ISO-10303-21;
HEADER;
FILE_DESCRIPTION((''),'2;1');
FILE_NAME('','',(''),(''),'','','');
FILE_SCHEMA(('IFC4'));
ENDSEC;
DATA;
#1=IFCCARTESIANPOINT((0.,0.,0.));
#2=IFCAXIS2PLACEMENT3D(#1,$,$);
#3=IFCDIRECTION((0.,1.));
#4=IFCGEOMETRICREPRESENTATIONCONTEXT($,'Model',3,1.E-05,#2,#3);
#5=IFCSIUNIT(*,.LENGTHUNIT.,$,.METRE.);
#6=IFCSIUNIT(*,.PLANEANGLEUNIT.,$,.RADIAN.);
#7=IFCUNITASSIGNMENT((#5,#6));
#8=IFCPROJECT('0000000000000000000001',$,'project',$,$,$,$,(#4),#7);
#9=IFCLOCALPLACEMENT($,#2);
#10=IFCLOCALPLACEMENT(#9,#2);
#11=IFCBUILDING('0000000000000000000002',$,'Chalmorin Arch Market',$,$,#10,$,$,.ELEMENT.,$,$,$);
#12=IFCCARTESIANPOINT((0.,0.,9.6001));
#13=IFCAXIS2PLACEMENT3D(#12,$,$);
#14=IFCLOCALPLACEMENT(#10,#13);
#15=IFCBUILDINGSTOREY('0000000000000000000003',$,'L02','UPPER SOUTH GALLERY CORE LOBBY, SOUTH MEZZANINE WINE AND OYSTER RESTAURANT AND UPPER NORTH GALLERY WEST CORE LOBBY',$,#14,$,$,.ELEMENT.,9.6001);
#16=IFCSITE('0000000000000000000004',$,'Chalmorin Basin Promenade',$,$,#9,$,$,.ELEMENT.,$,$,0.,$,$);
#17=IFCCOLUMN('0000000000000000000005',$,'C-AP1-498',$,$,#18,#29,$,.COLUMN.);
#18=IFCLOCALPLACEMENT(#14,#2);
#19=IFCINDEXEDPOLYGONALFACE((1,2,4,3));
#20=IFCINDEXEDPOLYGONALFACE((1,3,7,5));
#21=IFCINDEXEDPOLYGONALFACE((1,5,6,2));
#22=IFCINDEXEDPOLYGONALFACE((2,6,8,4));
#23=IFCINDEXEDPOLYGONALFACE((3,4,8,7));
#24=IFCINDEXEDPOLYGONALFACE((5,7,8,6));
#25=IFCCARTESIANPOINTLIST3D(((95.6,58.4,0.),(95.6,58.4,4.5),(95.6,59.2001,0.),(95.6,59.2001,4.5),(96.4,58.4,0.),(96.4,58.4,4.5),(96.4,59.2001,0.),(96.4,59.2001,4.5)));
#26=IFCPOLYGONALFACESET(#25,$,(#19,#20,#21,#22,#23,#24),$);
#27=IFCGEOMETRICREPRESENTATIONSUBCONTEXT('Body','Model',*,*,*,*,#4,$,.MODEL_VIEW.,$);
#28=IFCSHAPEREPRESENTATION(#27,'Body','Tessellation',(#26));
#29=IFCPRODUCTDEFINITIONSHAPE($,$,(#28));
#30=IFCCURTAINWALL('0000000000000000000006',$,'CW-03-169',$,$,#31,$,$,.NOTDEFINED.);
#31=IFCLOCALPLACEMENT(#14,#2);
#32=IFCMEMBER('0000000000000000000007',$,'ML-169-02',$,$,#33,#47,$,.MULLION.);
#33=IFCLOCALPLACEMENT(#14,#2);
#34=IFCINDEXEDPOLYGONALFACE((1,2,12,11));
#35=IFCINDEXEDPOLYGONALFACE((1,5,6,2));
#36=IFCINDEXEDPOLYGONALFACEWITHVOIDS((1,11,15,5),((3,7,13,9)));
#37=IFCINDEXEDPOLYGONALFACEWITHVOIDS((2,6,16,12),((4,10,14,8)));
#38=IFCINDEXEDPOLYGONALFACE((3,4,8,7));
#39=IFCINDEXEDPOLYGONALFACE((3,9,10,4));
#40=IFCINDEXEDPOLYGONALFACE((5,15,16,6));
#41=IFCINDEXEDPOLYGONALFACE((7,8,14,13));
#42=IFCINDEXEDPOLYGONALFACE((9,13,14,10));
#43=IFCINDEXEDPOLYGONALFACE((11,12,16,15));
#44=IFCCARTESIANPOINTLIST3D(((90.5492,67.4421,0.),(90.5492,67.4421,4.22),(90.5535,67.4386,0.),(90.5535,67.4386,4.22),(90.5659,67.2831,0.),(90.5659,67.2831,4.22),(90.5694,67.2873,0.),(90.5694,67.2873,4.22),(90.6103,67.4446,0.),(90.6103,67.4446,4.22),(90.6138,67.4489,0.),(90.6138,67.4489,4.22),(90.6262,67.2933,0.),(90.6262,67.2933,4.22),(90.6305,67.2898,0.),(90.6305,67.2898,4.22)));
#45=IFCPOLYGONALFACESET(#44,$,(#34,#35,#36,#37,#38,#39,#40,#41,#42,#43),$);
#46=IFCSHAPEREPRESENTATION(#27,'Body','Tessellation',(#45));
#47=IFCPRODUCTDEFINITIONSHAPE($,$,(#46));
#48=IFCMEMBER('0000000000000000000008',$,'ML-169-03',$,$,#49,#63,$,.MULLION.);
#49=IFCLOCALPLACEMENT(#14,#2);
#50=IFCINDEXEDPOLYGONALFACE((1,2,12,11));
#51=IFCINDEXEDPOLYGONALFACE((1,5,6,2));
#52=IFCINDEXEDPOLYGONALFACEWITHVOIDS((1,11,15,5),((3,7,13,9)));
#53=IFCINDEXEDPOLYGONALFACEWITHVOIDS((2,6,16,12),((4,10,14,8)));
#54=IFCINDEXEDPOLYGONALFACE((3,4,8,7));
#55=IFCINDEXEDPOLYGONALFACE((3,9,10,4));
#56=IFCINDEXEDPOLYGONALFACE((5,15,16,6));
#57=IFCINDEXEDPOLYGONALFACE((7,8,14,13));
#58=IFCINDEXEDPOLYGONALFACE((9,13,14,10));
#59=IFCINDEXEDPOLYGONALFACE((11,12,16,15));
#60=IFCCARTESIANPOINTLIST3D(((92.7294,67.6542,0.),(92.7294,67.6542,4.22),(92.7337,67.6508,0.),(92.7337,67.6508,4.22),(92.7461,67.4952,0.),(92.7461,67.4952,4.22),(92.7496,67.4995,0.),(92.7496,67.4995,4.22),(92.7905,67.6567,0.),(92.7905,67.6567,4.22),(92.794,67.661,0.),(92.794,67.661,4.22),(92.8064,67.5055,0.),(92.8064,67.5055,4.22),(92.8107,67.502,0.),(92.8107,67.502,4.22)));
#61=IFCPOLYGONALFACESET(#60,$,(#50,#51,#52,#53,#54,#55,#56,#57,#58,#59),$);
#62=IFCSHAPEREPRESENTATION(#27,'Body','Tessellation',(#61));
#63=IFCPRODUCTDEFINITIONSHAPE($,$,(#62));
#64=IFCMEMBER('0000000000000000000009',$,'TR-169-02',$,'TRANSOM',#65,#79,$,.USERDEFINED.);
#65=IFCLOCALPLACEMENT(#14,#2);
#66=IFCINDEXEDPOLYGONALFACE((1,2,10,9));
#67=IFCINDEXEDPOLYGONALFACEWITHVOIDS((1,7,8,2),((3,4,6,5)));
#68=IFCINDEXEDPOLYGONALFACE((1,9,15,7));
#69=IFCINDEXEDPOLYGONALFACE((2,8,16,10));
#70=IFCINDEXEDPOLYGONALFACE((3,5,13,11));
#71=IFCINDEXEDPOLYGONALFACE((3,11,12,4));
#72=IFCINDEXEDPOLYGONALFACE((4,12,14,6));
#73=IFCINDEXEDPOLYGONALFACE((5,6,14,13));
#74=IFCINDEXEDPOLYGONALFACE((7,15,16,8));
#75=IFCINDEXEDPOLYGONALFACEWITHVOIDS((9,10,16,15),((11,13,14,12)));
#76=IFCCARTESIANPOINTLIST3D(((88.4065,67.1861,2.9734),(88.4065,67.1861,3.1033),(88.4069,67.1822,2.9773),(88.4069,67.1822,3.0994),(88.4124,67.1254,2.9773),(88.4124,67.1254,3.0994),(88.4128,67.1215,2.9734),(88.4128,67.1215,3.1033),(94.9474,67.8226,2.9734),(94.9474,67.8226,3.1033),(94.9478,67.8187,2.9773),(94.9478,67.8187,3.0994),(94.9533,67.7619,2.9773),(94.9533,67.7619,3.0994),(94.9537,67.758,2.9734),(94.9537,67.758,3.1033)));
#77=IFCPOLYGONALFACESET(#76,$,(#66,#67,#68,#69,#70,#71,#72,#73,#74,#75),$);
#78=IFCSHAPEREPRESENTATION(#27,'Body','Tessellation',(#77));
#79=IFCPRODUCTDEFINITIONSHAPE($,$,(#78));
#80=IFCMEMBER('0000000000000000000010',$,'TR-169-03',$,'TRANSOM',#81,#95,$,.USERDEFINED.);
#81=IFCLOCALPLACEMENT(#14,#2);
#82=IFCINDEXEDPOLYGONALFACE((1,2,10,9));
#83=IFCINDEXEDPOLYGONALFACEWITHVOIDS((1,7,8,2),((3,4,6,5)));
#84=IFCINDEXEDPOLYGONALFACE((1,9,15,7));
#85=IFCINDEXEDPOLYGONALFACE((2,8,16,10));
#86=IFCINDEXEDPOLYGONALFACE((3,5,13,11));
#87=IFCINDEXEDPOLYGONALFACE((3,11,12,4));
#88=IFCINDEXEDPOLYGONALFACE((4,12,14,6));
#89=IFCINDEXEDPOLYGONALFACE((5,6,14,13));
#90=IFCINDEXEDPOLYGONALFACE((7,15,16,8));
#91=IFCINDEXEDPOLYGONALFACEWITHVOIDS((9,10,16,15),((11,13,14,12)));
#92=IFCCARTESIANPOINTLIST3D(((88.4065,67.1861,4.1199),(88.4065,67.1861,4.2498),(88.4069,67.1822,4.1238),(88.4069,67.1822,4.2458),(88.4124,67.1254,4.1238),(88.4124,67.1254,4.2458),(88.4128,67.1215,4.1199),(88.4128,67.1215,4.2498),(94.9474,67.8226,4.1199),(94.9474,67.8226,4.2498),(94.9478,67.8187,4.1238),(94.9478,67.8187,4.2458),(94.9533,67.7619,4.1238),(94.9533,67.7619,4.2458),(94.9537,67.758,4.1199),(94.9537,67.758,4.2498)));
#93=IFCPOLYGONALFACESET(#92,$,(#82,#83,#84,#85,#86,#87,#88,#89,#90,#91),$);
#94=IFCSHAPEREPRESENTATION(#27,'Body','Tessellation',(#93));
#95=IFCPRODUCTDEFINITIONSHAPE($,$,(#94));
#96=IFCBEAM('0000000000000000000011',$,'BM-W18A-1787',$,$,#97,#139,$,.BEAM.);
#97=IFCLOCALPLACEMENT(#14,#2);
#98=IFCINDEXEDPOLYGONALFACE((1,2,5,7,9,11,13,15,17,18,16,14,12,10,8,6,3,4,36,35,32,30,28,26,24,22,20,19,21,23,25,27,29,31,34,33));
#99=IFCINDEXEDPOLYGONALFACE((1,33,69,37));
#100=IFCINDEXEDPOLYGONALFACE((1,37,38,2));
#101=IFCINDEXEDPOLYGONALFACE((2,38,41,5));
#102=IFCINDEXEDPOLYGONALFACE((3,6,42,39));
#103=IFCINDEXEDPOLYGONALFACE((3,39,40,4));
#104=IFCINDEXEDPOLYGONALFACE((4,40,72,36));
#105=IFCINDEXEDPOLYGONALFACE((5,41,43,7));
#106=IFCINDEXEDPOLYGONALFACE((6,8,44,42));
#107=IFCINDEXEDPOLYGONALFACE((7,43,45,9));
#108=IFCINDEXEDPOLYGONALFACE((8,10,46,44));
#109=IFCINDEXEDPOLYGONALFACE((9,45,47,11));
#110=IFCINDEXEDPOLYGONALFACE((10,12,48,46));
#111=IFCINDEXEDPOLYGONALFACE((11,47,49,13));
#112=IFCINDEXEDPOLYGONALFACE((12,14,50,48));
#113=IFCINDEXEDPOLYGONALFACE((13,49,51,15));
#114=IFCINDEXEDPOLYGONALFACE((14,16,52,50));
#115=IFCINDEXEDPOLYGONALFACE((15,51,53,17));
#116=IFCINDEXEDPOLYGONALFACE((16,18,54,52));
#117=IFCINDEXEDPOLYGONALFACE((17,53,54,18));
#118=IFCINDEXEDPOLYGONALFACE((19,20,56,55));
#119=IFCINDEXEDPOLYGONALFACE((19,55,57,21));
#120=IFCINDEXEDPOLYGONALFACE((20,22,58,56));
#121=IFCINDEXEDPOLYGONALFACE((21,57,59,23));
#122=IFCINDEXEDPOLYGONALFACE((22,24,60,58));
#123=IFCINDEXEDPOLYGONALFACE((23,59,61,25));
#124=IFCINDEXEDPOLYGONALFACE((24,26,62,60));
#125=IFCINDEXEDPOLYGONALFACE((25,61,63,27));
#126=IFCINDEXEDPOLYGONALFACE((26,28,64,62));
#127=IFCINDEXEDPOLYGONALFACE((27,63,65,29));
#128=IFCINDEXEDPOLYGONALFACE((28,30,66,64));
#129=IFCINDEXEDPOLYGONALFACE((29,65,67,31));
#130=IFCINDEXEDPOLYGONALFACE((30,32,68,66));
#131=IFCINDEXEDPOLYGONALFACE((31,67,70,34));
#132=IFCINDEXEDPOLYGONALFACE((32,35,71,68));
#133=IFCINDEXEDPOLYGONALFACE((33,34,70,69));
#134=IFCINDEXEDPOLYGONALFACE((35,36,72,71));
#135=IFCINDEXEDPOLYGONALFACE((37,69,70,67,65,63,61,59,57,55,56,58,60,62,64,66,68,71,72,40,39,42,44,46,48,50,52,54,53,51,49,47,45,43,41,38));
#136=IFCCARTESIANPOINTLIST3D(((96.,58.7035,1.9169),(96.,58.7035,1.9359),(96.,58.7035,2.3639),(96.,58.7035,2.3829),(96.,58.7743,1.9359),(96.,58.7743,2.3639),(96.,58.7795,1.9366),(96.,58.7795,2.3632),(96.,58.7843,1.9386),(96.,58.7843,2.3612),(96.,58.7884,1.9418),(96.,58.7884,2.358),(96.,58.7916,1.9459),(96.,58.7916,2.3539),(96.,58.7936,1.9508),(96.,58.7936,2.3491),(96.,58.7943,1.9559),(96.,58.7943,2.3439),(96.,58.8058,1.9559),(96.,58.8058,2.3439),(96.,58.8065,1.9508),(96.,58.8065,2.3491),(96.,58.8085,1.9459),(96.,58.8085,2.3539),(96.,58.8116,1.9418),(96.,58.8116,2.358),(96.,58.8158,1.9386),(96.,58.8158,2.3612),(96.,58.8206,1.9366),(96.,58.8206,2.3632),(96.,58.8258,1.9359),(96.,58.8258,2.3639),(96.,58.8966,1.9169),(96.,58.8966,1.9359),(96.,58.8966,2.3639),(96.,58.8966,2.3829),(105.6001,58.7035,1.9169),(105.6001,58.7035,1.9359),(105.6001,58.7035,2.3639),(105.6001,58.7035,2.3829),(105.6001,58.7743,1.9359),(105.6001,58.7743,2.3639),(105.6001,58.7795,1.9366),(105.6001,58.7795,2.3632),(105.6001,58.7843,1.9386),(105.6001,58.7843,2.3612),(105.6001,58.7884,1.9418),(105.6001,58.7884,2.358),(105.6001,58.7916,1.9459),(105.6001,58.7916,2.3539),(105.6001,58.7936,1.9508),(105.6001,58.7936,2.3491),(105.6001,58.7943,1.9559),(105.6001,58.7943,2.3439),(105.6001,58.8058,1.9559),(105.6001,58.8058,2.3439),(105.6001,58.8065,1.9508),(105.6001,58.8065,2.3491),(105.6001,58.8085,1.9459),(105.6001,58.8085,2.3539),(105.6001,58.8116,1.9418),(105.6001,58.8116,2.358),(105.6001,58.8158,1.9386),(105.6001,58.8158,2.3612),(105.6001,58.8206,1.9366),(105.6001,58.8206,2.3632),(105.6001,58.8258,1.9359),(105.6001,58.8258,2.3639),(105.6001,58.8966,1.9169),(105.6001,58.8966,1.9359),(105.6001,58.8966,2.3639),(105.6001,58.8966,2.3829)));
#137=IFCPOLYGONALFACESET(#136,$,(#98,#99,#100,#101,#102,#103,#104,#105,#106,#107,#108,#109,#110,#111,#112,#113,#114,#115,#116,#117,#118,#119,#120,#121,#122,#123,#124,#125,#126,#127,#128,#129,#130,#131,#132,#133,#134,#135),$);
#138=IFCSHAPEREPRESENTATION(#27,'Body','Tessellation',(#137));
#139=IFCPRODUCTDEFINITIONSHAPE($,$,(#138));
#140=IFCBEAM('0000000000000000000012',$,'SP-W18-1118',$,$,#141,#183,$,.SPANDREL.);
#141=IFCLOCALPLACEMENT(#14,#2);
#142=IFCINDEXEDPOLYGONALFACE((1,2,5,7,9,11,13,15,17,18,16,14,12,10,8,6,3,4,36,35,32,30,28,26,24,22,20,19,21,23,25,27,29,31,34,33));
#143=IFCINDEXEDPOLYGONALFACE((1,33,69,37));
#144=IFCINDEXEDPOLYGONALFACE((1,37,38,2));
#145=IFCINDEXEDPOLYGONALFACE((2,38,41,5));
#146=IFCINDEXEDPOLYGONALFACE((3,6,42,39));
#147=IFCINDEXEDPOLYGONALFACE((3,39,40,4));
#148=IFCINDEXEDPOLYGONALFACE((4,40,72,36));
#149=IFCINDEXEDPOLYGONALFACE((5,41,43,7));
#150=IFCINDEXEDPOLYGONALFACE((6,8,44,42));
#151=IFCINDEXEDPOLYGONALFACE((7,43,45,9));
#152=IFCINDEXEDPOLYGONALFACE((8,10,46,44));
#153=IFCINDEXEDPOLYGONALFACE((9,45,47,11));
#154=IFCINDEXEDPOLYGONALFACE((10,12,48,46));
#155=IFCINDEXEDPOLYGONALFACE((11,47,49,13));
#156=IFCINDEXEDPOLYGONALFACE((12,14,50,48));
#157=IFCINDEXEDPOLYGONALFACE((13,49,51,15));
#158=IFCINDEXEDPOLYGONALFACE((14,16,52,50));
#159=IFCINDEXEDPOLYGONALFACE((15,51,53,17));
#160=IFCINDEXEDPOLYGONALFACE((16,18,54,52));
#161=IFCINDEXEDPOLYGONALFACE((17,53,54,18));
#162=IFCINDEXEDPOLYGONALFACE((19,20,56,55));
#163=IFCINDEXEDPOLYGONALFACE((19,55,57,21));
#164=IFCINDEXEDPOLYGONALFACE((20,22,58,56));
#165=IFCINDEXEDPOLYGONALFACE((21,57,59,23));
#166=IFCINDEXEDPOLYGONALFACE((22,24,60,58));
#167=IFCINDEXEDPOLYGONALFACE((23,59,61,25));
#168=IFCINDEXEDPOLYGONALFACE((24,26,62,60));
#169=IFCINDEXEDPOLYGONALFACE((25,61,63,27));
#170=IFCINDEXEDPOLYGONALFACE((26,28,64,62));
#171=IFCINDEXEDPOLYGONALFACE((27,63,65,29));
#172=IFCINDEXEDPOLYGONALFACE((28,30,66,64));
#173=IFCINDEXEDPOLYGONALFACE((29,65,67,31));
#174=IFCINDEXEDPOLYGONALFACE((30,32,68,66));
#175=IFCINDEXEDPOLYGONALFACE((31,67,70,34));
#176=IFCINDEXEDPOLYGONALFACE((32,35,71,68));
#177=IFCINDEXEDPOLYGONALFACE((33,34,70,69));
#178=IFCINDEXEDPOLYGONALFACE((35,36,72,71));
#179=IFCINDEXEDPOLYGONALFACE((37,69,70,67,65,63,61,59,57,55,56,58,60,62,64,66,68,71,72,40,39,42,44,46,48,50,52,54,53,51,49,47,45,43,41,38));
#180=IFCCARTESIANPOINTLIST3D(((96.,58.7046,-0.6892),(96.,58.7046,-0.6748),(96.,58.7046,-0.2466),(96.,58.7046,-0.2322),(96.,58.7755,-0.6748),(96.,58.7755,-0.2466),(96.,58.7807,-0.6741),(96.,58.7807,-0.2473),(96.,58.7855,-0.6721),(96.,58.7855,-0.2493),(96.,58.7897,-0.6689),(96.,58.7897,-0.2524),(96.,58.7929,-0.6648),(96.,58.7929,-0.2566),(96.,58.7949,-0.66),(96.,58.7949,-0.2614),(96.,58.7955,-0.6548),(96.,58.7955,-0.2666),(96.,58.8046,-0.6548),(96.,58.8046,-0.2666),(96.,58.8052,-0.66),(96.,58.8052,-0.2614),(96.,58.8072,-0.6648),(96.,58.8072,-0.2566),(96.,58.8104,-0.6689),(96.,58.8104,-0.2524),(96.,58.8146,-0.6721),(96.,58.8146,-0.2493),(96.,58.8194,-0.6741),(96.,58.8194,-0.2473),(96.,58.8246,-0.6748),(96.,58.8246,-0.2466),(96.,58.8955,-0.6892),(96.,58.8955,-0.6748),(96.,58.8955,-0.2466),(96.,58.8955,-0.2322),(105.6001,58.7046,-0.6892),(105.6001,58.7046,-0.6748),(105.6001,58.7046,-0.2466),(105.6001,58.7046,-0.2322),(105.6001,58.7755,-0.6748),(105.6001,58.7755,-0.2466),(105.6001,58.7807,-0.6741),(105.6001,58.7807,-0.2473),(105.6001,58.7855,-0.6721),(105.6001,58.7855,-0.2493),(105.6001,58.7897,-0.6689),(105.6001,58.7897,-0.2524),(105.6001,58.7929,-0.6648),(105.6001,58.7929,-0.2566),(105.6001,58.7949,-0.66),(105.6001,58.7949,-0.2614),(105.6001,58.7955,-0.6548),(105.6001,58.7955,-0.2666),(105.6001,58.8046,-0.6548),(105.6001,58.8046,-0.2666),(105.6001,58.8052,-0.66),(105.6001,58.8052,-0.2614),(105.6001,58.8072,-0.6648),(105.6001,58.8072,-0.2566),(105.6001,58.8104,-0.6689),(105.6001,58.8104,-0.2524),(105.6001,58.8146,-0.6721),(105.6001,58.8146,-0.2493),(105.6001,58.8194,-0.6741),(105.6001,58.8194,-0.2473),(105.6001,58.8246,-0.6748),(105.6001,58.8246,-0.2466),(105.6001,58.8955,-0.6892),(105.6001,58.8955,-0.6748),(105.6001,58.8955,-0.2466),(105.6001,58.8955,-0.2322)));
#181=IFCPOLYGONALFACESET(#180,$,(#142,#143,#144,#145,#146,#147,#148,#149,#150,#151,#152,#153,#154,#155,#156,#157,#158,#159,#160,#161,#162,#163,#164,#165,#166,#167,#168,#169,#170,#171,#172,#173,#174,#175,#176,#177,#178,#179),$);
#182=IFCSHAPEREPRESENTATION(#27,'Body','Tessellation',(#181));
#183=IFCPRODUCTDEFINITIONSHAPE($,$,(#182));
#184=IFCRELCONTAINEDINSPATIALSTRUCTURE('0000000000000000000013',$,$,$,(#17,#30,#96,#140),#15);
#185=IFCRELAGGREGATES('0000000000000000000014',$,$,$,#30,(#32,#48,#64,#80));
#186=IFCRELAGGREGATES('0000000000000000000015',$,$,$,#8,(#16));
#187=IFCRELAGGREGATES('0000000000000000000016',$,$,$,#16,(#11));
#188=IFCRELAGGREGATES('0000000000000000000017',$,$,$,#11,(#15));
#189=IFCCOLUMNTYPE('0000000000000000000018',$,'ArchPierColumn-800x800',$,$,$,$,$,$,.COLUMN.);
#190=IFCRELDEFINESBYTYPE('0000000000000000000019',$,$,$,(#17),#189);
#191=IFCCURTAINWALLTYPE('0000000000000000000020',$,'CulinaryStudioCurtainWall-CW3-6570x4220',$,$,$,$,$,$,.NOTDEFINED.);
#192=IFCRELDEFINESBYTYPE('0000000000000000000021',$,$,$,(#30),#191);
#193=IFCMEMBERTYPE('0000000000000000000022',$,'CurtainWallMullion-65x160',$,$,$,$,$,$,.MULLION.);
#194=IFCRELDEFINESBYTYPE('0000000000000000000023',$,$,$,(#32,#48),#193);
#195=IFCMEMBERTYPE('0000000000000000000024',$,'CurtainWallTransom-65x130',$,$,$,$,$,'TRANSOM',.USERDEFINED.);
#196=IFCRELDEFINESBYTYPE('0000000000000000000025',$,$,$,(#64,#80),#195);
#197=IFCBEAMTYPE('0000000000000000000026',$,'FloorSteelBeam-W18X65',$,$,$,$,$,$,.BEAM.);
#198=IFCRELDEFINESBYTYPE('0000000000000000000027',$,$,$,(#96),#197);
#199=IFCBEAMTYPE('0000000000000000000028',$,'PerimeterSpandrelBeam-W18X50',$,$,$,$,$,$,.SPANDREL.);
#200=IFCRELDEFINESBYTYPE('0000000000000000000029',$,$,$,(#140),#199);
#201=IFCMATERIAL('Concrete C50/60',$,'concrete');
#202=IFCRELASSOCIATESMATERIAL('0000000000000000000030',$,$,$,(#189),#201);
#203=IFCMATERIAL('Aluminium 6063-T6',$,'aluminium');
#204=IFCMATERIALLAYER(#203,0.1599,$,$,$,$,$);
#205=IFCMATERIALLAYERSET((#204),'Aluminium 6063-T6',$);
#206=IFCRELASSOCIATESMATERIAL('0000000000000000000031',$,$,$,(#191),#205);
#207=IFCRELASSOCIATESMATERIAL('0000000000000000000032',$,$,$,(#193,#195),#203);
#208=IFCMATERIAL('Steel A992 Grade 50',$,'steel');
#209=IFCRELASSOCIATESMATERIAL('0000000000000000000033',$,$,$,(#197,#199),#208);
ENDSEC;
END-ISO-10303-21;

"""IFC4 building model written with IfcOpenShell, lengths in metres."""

from ifc_helpers import new_model, si_unit, direction, frame, origin, origin_2d, place, context, subcontext, project, spatial, rectangle, hollow_rectangle, i_section, extrude, material, layer, layer_set, material_profile, profile_set, type_object, element, aggregate, save


model = new_model("IFC4")

# Units and contexts
model_context = context("Model", 3, precision=1e-05, world=origin(), true_north=direction((0.0, 1.0)))
body_context = subcontext(model_context, "Body", "Model", "MODEL_VIEW")
ifc_project = project(units=[si_unit("LENGTHUNIT", "METRE"), si_unit("PLANEANGLEUNIT", "RADIAN")], contexts=[model_context])

# Site, building, storey
site_placement = place(None, origin())
site = spatial("IfcSite", under=ifc_project, at=site_placement, Name="Chalmorin Basin Promenade", CompositionType="ELEMENT", RefElevation=0.0)
building_placement = place(site_placement, origin())
building = spatial("IfcBuilding", under=site, at=building_placement, Name="Chalmorin Arch Market", CompositionType="ELEMENT")
storey_placement = place(building_placement, frame((0.0, 0.0, 9.6001)))
storey = spatial("IfcBuildingStorey", under=building, at=storey_placement, Name="L02", Description="UPPER SOUTH GALLERY CORE LOBBY, SOUTH MEZZANINE WINE AND OYSTER RESTAURANT AND UPPER NORTH GALLERY WEST CORE LOBBY", CompositionType="ELEMENT", Elevation=9.6001)

# Column
ifc_material_1 = material(Name="Concrete C50/60", Category="concrete")
ifc_material_profile_1 = material_profile(ifc_material_1, rectangle(XDim=0.8, YDim=0.8, at=origin_2d()), Name="RC800X800")
ifc_profile_set_1 = profile_set([ifc_material_profile_1], Name="Concrete C50/60")
column_type = type_object("IfcColumnType", Name="ArchPierColumn-800x800", PredefinedType="COLUMN", material=ifc_profile_set_1)
column_placement = place(storey_placement, frame((96.0, 58.8, 0.0), z_axis=(0.0, 0.0, 1.0), x_axis=(1.0, 0.0, 0.0)))
element("IfcColumn", 1, at=column_placement, inside=storey, type_object=column_type, Name="C-AP1-498", PredefinedType="COLUMN", context=body_context, shape_type="SweptSolid", body=[
    extrude(rectangle(XDim=0.8, YDim=0.8, at=origin_2d()), origin(), (0.0, 0.0, 1.0), 4.5),
])

# Curtain wall, members
ifc_material_2 = material(Name="Aluminium 6063-T6", Category="aluminium")
ifc_layer_1 = layer(ifc_material_2, 0.1599)
ifc_layer_set_1 = layer_set([ifc_layer_1], Name="Aluminium 6063-T6")
curtain_wall_type = type_object("IfcCurtainWallType", Name="CulinaryStudioCurtainWall-CW3-6570x4220", PredefinedType="NOTDEFINED", material=ifc_layer_set_1)
curtain_wall_placement = place(storey_placement, origin())
curtain_wall = element("IfcCurtainWall", 2, at=curtain_wall_placement, inside=storey, type_object=curtain_wall_type, Name="CW-03-169", PredefinedType="NOTDEFINED")
ifc_material_profile_2 = material_profile(ifc_material_2, hollow_rectangle(XDim=0.0649, YDim=0.1599, WallThickness=0.0039, at=origin_2d()), Name="ALU65X160X4")
ifc_profile_set_2 = profile_set([ifc_material_profile_2], Name="Aluminium 6063-T6")
member_type_1 = type_object("IfcMemberType", Name="CurtainWallMullion-65x160", PredefinedType="MULLION", material=ifc_profile_set_2)
member_1_placement = place(storey_placement, frame((90.5898, 67.366, 0.0), z_axis=(0.0, 0.0, 1.0), x_axis=(0.994522, 0.104528, 0.0)))
member_1 = element("IfcMember", 3, at=member_1_placement, type_object=member_type_1, Name="ML-169-02", PredefinedType="MULLION", context=body_context, shape_type="SweptSolid", body=[
    extrude(hollow_rectangle(XDim=0.0649, YDim=0.1599, WallThickness=0.0039, at=origin_2d()), origin(), (0.0, 0.0, 1.0), 4.22),
])
member_2_placement = place(storey_placement, frame((92.77, 67.5781, 0.0), z_axis=(0.0, 0.0, 1.0), x_axis=(0.994522, 0.104528, 0.0)))
member_2 = element("IfcMember", 4, at=member_2_placement, type_object=member_type_1, Name="ML-169-03", PredefinedType="MULLION", context=body_context, shape_type="SweptSolid", body=[
    extrude(hollow_rectangle(XDim=0.0649, YDim=0.1599, WallThickness=0.0039, at=origin_2d()), origin(), (0.0, 0.0, 1.0), 4.22),
])
ifc_material_profile_3 = material_profile(ifc_material_2, hollow_rectangle(XDim=0.0649, YDim=0.1299, WallThickness=0.0039, at=origin_2d()), Name="ALU65X130X4")
ifc_profile_set_3 = profile_set([ifc_material_profile_3], Name="Aluminium 6063-T6")
member_type_2 = type_object("IfcMemberType", Name="CurtainWallTransom-65x130", ElementType="TRANSOM", PredefinedType="USERDEFINED", material=ifc_profile_set_3)
member_3_placement = place(storey_placement, frame((88.4097, 67.1538, 3.0383), z_axis=(0.995299, 0.096851, 0.0), x_axis=(-0.096851, 0.995299, 0.0)))
member_3 = element("IfcMember", 5, at=member_3_placement, type_object=member_type_2, Name="TR-169-02", ObjectType="TRANSOM", PredefinedType="USERDEFINED", context=body_context, shape_type="SweptSolid", body=[
    extrude(hollow_rectangle(XDim=0.0649, YDim=0.1299, WallThickness=0.0039, at=origin_2d()), origin(), (0.0, 0.0, 1.0), 6.5718),
])
member_4_placement = place(storey_placement, frame((88.4097, 67.1538, 4.1848), z_axis=(0.995299, 0.096851, 0.0), x_axis=(-0.096851, 0.995299, 0.0)))
member_4 = element("IfcMember", 6, at=member_4_placement, type_object=member_type_2, Name="TR-169-03", ObjectType="TRANSOM", PredefinedType="USERDEFINED", context=body_context, shape_type="SweptSolid", body=[
    extrude(hollow_rectangle(XDim=0.0649, YDim=0.1299, WallThickness=0.0039, at=origin_2d()), origin(), (0.0, 0.0, 1.0), 6.5718),
])

# Beams
ifc_material_3 = material(Name="Steel A992 Grade 50", Category="steel")
ifc_material_profile_4 = material_profile(ifc_material_3, i_section(OverallWidth=0.1931, OverallDepth=0.4661, WebThickness=0.0115, FlangeThickness=0.019, FilletRadius=0.02, at=origin_2d()), Name="W18X65")
ifc_profile_set_4 = profile_set([ifc_material_profile_4], Name="Steel A992 Grade 50")
beam_type_1 = type_object("IfcBeamType", Name="FloorSteelBeam-W18X65", PredefinedType="BEAM", material=ifc_profile_set_4)
beam_1_placement = place(storey_placement, frame((96.0, 58.8, 2.1499), z_axis=(1.0, 0.0, 0.0), x_axis=(0.0, 1.0, 0.0)))
element("IfcBeam", 7, at=beam_1_placement, inside=storey, type_object=beam_type_1, Name="BM-W18A-1787", PredefinedType="BEAM", context=body_context, shape_type="SweptSolid", body=[
    extrude(i_section(OverallWidth=0.1931, OverallDepth=0.4661, WebThickness=0.0115, FlangeThickness=0.019, FilletRadius=0.02, at=origin_2d()), origin(), (0.0, 0.0, 1.0), 9.6001),
])
ifc_material_profile_5 = material_profile(ifc_material_3, i_section(OverallWidth=0.1909, OverallDepth=0.457, WebThickness=0.009, FlangeThickness=0.0144, FilletRadius=0.02, at=origin_2d()), Name="W18X50")
ifc_profile_set_5 = profile_set([ifc_material_profile_5], Name="Steel A992 Grade 50")
beam_type_2 = type_object("IfcBeamType", Name="PerimeterSpandrelBeam-W18X50", PredefinedType="SPANDREL", material=ifc_profile_set_5)
beam_2_placement = place(storey_placement, frame((96.0, 58.8, -0.4607), z_axis=(1.0, 0.0, 0.0), x_axis=(0.0, 1.0, 0.0)))
element("IfcBeam", 8, at=beam_2_placement, inside=storey, type_object=beam_type_2, Name="SP-W18-1118", PredefinedType="SPANDREL", context=body_context, shape_type="SweptSolid", body=[
    extrude(i_section(OverallWidth=0.1909, OverallDepth=0.457, WebThickness=0.009, FlangeThickness=0.0144, FilletRadius=0.02, at=origin_2d()), origin(), (0.0, 0.0, 1.0), 9.6001),
])

aggregate(curtain_wall, [member_1, member_2, member_3, member_4])

save(model, "model.ifc")
